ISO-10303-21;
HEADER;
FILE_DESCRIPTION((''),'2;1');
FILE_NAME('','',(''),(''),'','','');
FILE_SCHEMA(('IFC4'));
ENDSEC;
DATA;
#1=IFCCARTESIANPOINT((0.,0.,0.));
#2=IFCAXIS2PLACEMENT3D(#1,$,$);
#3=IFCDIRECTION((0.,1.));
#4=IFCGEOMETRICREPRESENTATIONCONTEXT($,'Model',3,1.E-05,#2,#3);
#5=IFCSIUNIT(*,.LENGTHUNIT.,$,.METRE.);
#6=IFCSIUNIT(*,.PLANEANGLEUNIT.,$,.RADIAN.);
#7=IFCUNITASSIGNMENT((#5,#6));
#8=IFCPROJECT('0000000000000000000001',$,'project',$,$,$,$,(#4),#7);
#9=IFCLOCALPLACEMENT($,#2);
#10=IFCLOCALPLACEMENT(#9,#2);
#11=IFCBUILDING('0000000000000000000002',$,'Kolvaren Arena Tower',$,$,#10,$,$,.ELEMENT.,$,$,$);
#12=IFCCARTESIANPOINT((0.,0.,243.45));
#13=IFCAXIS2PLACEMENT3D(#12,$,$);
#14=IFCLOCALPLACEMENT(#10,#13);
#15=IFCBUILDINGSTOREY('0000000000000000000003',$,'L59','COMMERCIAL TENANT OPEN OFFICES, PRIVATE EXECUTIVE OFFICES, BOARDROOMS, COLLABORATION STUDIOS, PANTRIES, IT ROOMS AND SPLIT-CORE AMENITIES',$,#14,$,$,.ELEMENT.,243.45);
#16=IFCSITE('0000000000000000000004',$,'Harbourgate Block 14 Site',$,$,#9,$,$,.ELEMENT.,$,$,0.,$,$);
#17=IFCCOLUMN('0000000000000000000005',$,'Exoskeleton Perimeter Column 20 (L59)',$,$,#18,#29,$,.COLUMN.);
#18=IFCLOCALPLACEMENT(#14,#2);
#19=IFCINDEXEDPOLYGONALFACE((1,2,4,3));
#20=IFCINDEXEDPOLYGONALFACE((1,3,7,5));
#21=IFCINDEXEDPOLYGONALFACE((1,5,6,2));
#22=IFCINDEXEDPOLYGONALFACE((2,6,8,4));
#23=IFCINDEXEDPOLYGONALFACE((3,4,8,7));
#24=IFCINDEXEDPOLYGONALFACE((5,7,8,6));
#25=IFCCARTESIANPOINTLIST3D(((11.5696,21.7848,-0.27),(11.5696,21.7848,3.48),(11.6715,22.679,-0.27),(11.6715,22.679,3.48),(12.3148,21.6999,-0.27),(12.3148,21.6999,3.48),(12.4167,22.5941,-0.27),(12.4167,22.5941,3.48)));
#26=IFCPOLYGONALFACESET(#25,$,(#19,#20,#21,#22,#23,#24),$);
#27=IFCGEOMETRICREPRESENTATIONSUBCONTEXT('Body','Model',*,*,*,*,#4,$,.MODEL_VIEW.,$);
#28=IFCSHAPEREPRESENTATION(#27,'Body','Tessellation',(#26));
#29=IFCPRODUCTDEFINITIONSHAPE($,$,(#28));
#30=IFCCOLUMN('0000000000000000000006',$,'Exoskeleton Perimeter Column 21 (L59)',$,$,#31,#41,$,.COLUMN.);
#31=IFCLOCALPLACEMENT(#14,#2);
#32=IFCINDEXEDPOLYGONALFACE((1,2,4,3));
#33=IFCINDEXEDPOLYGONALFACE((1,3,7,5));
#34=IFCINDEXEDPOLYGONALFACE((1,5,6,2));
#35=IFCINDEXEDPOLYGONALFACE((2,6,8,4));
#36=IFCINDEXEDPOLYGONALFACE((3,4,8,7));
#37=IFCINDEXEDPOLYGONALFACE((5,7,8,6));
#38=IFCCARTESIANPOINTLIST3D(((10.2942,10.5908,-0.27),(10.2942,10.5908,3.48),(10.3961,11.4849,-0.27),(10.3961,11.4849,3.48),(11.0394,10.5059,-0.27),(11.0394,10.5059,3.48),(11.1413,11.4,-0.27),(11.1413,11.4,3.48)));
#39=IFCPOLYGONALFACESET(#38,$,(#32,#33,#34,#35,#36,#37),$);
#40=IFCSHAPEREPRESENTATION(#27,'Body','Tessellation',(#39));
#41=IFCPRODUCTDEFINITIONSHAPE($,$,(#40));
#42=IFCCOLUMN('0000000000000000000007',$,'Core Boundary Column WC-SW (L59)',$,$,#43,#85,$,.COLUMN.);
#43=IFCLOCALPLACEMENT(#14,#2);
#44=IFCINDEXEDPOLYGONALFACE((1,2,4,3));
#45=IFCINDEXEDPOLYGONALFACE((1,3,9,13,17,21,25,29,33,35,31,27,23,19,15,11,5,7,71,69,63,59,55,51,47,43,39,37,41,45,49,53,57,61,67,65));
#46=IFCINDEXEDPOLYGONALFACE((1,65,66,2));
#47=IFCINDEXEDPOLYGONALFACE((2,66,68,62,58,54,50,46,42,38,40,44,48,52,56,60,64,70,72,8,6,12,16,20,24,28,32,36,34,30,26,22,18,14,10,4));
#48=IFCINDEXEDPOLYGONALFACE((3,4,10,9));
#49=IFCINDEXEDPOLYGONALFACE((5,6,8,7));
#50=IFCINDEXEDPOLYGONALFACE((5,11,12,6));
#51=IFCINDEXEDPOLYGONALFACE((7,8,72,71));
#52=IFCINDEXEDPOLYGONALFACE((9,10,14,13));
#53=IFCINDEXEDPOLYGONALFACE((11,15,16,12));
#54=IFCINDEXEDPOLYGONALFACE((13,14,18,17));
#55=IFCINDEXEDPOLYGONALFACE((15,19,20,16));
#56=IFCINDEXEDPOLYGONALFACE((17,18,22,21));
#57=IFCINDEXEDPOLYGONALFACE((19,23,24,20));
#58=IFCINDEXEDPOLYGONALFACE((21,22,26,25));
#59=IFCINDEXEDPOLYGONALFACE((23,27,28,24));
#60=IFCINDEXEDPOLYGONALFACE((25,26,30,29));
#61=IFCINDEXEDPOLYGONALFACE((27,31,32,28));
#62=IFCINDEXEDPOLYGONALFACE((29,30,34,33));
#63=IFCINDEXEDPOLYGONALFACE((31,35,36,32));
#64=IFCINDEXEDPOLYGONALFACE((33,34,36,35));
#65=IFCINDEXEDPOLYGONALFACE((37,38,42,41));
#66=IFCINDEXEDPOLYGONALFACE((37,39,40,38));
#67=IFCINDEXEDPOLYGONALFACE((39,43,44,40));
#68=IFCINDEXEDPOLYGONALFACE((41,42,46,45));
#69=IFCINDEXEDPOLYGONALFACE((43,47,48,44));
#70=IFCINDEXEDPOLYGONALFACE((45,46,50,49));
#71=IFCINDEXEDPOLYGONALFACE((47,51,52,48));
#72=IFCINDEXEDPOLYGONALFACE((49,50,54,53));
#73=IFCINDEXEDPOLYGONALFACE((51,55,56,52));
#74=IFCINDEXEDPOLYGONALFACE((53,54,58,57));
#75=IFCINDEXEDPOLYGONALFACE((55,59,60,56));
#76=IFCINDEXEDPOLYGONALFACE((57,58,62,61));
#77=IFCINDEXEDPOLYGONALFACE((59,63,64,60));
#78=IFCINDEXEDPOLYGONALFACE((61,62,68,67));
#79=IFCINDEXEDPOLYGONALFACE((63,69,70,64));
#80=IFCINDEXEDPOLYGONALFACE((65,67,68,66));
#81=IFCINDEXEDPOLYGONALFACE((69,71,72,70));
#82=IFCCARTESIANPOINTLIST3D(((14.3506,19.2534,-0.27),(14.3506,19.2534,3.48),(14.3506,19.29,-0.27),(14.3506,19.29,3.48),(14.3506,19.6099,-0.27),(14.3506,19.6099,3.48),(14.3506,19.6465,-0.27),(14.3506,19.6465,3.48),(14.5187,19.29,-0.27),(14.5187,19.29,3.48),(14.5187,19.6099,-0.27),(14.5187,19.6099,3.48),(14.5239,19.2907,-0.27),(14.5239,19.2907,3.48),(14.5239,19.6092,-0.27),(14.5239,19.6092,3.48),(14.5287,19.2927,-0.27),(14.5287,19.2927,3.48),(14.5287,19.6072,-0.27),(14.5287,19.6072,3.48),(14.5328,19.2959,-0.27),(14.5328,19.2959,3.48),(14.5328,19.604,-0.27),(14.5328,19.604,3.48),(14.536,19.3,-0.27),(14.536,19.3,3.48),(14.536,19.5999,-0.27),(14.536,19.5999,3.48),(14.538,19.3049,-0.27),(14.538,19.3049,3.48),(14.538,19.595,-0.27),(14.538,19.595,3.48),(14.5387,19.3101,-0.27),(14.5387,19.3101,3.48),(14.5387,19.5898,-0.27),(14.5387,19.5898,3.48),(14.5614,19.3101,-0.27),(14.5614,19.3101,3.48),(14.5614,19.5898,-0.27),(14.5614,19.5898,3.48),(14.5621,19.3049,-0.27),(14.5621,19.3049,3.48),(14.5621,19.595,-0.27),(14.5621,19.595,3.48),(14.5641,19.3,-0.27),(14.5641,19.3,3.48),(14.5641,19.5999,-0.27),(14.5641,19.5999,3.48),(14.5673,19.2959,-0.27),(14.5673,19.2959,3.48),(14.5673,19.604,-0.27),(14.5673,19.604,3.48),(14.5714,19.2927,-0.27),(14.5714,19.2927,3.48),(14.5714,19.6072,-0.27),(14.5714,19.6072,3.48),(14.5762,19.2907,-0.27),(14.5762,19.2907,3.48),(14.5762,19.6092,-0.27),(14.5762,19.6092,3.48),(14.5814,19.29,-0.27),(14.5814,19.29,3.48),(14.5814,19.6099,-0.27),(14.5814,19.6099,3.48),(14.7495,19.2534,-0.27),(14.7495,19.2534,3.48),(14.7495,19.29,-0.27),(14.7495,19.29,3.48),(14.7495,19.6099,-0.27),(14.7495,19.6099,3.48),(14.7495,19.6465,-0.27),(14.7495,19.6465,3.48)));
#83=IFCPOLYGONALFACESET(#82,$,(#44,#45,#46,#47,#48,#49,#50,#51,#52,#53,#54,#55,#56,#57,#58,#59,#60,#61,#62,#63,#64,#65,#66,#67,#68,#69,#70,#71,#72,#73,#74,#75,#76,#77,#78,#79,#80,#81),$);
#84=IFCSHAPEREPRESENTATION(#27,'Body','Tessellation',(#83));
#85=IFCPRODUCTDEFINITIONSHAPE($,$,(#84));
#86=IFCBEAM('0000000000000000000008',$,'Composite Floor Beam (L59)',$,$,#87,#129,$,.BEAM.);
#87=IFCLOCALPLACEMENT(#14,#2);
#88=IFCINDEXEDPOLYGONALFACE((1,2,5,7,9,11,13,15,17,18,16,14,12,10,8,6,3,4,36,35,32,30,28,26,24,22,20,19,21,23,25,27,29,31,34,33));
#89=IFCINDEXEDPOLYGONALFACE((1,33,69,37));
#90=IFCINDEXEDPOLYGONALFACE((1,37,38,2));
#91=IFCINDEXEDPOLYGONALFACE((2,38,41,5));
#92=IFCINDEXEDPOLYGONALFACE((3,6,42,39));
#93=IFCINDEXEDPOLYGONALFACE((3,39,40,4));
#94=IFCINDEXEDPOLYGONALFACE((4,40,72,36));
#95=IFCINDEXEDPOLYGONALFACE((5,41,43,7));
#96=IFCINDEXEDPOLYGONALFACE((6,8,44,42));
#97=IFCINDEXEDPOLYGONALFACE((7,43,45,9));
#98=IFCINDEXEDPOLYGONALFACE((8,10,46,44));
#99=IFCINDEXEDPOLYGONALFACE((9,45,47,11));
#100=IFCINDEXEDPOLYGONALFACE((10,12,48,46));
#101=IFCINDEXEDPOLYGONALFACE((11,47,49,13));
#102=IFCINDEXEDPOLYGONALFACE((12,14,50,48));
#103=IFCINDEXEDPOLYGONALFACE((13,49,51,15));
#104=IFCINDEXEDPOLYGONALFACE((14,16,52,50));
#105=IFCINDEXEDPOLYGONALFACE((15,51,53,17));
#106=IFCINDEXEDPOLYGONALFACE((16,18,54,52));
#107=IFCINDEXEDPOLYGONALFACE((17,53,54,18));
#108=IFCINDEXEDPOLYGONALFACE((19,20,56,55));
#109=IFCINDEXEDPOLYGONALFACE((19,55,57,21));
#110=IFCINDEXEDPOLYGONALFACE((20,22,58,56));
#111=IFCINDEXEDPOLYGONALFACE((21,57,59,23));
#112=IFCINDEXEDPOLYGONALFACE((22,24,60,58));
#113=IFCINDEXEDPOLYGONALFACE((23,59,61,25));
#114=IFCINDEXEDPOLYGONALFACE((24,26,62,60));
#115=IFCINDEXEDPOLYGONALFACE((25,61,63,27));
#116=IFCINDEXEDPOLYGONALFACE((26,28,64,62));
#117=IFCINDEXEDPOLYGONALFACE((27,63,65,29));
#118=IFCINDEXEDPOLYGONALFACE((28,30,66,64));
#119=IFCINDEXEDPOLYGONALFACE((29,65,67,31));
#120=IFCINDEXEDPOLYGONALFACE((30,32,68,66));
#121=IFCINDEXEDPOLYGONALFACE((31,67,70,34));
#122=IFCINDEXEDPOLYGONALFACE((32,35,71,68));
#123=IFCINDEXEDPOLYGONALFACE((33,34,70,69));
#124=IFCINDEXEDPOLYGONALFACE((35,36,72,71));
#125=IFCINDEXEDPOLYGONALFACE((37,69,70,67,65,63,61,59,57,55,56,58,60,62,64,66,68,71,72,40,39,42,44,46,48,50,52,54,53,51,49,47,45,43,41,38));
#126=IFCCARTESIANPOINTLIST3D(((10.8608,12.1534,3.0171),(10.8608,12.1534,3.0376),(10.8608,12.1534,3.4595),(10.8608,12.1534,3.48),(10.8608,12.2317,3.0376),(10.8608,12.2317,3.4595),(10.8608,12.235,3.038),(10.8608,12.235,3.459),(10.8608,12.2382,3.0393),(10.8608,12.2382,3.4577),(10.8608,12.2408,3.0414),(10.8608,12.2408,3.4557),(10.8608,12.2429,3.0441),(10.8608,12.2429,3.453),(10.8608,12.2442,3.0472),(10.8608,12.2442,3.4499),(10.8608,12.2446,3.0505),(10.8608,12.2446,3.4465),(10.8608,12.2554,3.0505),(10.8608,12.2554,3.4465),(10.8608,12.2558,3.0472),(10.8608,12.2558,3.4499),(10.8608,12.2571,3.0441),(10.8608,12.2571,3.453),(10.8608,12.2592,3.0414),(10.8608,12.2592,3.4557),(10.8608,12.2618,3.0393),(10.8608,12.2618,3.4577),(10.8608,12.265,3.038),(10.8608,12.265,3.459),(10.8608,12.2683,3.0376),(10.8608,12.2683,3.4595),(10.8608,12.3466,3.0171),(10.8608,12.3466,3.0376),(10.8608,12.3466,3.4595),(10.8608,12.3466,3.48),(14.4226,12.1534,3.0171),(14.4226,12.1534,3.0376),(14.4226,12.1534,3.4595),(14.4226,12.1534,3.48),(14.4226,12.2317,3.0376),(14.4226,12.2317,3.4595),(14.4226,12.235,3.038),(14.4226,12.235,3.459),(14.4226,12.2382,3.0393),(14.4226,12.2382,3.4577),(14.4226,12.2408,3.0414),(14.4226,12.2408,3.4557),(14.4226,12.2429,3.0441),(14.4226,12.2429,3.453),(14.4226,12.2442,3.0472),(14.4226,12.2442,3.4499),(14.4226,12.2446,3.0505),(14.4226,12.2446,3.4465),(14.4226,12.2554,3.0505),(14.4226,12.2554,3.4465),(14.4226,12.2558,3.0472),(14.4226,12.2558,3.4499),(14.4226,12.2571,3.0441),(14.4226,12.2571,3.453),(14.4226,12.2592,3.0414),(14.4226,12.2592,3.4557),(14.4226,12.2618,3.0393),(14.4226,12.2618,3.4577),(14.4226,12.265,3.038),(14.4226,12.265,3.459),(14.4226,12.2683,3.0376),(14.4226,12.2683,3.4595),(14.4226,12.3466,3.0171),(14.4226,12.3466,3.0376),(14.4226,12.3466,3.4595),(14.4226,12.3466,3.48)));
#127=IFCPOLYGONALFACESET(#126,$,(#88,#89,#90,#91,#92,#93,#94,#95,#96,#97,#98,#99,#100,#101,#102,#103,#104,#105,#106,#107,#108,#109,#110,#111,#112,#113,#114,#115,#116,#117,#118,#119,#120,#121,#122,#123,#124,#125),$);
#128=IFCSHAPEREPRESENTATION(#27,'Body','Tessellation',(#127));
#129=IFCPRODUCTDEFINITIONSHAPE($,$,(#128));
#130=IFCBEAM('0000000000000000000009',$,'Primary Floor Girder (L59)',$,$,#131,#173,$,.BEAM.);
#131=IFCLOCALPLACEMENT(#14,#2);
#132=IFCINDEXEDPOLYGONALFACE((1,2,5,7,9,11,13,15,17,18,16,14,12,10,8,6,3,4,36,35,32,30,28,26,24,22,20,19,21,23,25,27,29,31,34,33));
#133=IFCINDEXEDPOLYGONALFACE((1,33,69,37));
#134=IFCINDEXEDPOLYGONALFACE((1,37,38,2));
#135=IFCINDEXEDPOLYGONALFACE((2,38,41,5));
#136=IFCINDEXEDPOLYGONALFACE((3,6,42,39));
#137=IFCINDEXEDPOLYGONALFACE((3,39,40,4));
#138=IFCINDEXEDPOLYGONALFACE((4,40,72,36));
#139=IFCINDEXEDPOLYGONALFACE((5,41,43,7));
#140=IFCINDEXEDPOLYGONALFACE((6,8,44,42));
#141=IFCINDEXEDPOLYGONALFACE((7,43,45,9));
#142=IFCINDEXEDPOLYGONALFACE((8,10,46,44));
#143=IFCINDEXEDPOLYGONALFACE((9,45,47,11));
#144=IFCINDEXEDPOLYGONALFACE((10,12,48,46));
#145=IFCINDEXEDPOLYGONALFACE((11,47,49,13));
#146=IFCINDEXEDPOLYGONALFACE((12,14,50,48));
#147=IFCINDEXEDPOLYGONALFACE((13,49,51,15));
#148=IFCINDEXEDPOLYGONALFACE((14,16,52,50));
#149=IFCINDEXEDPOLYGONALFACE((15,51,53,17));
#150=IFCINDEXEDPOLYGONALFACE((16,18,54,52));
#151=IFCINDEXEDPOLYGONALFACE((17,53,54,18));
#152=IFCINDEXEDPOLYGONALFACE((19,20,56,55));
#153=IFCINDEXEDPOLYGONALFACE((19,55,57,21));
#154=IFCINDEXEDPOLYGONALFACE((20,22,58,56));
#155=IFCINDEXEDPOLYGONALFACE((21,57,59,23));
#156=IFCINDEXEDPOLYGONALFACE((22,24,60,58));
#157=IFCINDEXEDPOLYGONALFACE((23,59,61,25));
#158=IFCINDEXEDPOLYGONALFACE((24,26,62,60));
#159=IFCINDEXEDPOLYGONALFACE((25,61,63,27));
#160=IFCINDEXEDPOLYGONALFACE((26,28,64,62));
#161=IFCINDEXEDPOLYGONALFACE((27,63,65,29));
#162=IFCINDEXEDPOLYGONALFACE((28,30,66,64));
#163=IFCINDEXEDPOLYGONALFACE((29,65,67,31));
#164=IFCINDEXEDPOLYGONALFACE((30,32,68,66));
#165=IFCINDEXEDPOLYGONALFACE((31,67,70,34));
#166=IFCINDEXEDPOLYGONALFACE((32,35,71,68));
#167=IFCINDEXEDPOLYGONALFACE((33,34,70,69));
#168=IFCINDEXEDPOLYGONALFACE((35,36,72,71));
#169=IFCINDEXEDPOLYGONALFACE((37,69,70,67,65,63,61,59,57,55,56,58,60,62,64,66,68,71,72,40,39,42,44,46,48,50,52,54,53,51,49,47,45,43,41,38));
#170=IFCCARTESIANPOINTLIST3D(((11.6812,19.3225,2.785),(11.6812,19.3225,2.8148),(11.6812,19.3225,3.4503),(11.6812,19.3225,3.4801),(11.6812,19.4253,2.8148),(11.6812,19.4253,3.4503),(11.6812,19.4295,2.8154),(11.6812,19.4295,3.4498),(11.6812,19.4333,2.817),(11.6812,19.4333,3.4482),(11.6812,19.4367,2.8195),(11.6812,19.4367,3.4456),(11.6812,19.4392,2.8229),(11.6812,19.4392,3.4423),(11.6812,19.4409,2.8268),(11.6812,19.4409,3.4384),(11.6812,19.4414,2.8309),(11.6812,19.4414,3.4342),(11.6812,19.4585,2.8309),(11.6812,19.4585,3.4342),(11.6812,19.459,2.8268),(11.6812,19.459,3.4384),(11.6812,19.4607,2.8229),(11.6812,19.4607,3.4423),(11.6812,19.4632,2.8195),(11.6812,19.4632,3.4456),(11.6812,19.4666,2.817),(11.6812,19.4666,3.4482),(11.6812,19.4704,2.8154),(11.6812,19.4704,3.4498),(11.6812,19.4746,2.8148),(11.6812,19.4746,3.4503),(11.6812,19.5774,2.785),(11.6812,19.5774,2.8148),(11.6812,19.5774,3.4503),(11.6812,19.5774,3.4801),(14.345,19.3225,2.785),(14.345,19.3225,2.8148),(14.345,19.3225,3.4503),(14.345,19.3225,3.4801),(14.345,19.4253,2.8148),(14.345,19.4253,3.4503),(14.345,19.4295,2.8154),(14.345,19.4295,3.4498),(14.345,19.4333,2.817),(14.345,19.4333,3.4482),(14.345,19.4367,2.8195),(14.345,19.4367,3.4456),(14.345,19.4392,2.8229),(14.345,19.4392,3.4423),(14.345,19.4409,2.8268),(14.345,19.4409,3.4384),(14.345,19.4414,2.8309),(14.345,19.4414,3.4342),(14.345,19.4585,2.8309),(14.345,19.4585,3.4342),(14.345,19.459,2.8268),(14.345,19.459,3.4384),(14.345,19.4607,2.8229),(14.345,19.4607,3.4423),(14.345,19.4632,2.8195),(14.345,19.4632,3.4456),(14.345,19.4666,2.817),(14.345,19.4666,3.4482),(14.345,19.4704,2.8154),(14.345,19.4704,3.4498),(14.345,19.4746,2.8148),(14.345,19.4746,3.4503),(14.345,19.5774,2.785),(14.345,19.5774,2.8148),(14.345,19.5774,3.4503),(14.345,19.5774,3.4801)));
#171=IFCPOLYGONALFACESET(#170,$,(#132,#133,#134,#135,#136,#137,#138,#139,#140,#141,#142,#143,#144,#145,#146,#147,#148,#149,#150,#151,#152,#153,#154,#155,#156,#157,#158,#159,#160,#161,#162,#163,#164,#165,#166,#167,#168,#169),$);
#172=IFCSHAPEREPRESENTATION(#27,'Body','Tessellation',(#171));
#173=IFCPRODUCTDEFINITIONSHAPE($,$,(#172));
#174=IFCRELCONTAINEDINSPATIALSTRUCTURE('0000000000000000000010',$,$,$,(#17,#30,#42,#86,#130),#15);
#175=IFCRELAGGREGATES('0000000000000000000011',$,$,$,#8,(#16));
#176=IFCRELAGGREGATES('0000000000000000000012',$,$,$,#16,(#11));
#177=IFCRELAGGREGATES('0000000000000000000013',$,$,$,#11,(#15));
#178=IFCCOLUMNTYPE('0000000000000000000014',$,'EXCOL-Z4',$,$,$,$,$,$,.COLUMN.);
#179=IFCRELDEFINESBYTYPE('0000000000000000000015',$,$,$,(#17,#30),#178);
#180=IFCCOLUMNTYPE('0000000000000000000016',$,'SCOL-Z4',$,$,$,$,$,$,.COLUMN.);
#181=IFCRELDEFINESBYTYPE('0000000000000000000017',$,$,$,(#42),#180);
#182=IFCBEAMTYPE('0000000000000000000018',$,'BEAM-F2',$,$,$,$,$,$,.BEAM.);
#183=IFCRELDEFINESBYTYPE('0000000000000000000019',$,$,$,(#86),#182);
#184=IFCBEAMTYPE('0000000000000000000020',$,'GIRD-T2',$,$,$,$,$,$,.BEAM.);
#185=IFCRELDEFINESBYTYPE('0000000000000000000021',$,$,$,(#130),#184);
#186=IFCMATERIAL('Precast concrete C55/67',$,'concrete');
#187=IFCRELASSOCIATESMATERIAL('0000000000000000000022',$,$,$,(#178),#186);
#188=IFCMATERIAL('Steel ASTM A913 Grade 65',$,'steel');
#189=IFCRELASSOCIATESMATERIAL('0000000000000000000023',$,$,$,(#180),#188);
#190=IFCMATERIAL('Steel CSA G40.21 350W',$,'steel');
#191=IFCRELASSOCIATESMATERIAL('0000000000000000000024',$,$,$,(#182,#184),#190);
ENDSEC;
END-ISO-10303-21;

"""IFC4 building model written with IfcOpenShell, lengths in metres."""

from ifc_helpers import new_model, si_unit, direction, frame, origin, origin_2d, place, context, subcontext, project, spatial, rectangle, i_section, extrude, material, material_profile, profile_set, type_object, element, save


model = new_model("IFC4")

# Units and contexts
model_context = context("Model", 3, precision=1e-05, world=origin(), true_north=direction((0.0, 1.0)))
body_context = subcontext(model_context, "Body", "Model", "MODEL_VIEW")
ifc_project = project(units=[si_unit("LENGTHUNIT", "METRE"), si_unit("PLANEANGLEUNIT", "RADIAN")], contexts=[model_context])

# Site, building, storey
site_placement = place(None, origin())
site = spatial("IfcSite", under=ifc_project, at=site_placement, Name="Harbourgate Block 14 Site", CompositionType="ELEMENT", RefElevation=0.0)
building_placement = place(site_placement, origin())
building = spatial("IfcBuilding", under=site, at=building_placement, Name="Kolvaren Arena Tower", CompositionType="ELEMENT")
storey_placement = place(building_placement, frame((0.0, 0.0, 243.45)))
storey = spatial("IfcBuildingStorey", under=building, at=storey_placement, Name="L59", Description="COMMERCIAL TENANT OPEN OFFICES, PRIVATE EXECUTIVE OFFICES, BOARDROOMS, COLLABORATION STUDIOS, PANTRIES, IT ROOMS AND SPLIT-CORE AMENITIES", CompositionType="ELEMENT", Elevation=243.45)

# Columns
ifc_material_1 = material(Name="Precast concrete C55/67", Category="concrete")
ifc_material_profile_1 = material_profile(ifc_material_1, rectangle(XDim=0.8999, YDim=0.75, at=origin_2d()), Name="RC-900x750")
ifc_profile_set_1 = profile_set([ifc_material_profile_1], Name="Precast concrete C55/67")
column_type_1 = type_object("IfcColumnType", Name="EXCOL-Z4", PredefinedType="COLUMN", material=ifc_profile_set_1)
for number, where, z_axis, x_axis, name in (
    (1, (11.9932, 22.1895, -0.27), (0.0, 0.0, 1.0), (0.113203, 0.993572, 0.0), "Exoskeleton Perimeter Column 20 (L59)"),
    (2, (10.7178, 10.9954, -0.27), (0.0, 0.0, 1.0), (0.113203, 0.993572, 0.0), "Exoskeleton Perimeter Column 21 (L59)"),
):
    element("IfcColumn", number, at=place(storey_placement, frame(where, z_axis=z_axis, x_axis=x_axis)), inside=storey, type_object=column_type_1, Name=name, PredefinedType="COLUMN", context=body_context, shape_type="SweptSolid", body=[
        extrude(rectangle(XDim=0.8999, YDim=0.75, at=origin_2d()), origin(), (0.0, 0.0, 1.0), 3.75),
    ])
ifc_material_2 = material(Name="Steel ASTM A913 Grade 65", Category="steel")
ifc_material_profile_2 = material_profile(ifc_material_2, i_section(OverallWidth=0.3989, OverallDepth=0.3931, WebThickness=0.0227, FlangeThickness=0.0366, FilletRadius=0.02, at=origin_2d()), Name="W360x287")
ifc_profile_set_2 = profile_set([ifc_material_profile_2], Name="Steel ASTM A913 Grade 65")
column_type_2 = type_object("IfcColumnType", Name="SCOL-Z4", PredefinedType="COLUMN", material=ifc_profile_set_2)
column_placement = place(storey_placement, frame((14.55, 19.45, -0.27), z_axis=(0.0, 0.0, 1.0), x_axis=(1.0, 0.0, 0.0)))
element("IfcColumn", 3, at=column_placement, inside=storey, type_object=column_type_2, Name="Core Boundary Column WC-SW (L59)", PredefinedType="COLUMN", context=body_context, shape_type="SweptSolid", body=[
    extrude(i_section(OverallWidth=0.3989, OverallDepth=0.3931, WebThickness=0.0227, FlangeThickness=0.0366, FilletRadius=0.02, at=origin_2d()), origin(), (0.0, 0.0, 1.0), 3.75),
])

# Beams
ifc_material_3 = material(Name="Steel CSA G40.21 350W", Category="steel")
ifc_material_profile_3 = material_profile(ifc_material_3, i_section(OverallWidth=0.1931, OverallDepth=0.4629, WebThickness=0.0107, FlangeThickness=0.0205, FilletRadius=0.0129, at=origin_2d()), Name="W460x113")
ifc_profile_set_3 = profile_set([ifc_material_profile_3], Name="Steel CSA G40.21 350W")
beam_type_1 = type_object("IfcBeamType", Name="BEAM-F2", PredefinedType="BEAM", material=ifc_profile_set_3)
beam_1_placement = place(storey_placement, frame((10.8608, 12.25, 3.2485), z_axis=(1.0, 0.0, 0.0), x_axis=(0.0, 1.0, 0.0)))
element("IfcBeam", 4, at=beam_1_placement, inside=storey, type_object=beam_type_1, Name="Composite Floor Beam (L59)", PredefinedType="BEAM", context=body_context, shape_type="SweptSolid", body=[
    extrude(i_section(OverallWidth=0.1931, OverallDepth=0.4629, WebThickness=0.0107, FlangeThickness=0.0205, FilletRadius=0.0129, at=origin_2d()), origin(), (0.0, 0.0, 1.0), 3.5618),
])
ifc_material_profile_4 = material_profile(ifc_material_3, i_section(OverallWidth=0.2549, OverallDepth=0.6951, WebThickness=0.0171, FlangeThickness=0.0298, FilletRadius=0.0161, at=origin_2d()), Name="W690x217")
ifc_profile_set_4 = profile_set([ifc_material_profile_4], Name="Steel CSA G40.21 350W")
beam_type_2 = type_object("IfcBeamType", Name="GIRD-T2", PredefinedType="BEAM", material=ifc_profile_set_4)
beam_2_placement = place(storey_placement, frame((11.6812, 19.45, 3.1326), z_axis=(1.0, 0.0, 0.0), x_axis=(0.0, 1.0, 0.0)))
element("IfcBeam", 5, at=beam_2_placement, inside=storey, type_object=beam_type_2, Name="Primary Floor Girder (L59)", PredefinedType="BEAM", context=body_context, shape_type="SweptSolid", body=[
    extrude(i_section(OverallWidth=0.2549, OverallDepth=0.6951, WebThickness=0.0171, FlangeThickness=0.0298, FilletRadius=0.0161, at=origin_2d()), origin(), (0.0, 0.0, 1.0), 2.6638),
])

save(model, "model.ifc")
